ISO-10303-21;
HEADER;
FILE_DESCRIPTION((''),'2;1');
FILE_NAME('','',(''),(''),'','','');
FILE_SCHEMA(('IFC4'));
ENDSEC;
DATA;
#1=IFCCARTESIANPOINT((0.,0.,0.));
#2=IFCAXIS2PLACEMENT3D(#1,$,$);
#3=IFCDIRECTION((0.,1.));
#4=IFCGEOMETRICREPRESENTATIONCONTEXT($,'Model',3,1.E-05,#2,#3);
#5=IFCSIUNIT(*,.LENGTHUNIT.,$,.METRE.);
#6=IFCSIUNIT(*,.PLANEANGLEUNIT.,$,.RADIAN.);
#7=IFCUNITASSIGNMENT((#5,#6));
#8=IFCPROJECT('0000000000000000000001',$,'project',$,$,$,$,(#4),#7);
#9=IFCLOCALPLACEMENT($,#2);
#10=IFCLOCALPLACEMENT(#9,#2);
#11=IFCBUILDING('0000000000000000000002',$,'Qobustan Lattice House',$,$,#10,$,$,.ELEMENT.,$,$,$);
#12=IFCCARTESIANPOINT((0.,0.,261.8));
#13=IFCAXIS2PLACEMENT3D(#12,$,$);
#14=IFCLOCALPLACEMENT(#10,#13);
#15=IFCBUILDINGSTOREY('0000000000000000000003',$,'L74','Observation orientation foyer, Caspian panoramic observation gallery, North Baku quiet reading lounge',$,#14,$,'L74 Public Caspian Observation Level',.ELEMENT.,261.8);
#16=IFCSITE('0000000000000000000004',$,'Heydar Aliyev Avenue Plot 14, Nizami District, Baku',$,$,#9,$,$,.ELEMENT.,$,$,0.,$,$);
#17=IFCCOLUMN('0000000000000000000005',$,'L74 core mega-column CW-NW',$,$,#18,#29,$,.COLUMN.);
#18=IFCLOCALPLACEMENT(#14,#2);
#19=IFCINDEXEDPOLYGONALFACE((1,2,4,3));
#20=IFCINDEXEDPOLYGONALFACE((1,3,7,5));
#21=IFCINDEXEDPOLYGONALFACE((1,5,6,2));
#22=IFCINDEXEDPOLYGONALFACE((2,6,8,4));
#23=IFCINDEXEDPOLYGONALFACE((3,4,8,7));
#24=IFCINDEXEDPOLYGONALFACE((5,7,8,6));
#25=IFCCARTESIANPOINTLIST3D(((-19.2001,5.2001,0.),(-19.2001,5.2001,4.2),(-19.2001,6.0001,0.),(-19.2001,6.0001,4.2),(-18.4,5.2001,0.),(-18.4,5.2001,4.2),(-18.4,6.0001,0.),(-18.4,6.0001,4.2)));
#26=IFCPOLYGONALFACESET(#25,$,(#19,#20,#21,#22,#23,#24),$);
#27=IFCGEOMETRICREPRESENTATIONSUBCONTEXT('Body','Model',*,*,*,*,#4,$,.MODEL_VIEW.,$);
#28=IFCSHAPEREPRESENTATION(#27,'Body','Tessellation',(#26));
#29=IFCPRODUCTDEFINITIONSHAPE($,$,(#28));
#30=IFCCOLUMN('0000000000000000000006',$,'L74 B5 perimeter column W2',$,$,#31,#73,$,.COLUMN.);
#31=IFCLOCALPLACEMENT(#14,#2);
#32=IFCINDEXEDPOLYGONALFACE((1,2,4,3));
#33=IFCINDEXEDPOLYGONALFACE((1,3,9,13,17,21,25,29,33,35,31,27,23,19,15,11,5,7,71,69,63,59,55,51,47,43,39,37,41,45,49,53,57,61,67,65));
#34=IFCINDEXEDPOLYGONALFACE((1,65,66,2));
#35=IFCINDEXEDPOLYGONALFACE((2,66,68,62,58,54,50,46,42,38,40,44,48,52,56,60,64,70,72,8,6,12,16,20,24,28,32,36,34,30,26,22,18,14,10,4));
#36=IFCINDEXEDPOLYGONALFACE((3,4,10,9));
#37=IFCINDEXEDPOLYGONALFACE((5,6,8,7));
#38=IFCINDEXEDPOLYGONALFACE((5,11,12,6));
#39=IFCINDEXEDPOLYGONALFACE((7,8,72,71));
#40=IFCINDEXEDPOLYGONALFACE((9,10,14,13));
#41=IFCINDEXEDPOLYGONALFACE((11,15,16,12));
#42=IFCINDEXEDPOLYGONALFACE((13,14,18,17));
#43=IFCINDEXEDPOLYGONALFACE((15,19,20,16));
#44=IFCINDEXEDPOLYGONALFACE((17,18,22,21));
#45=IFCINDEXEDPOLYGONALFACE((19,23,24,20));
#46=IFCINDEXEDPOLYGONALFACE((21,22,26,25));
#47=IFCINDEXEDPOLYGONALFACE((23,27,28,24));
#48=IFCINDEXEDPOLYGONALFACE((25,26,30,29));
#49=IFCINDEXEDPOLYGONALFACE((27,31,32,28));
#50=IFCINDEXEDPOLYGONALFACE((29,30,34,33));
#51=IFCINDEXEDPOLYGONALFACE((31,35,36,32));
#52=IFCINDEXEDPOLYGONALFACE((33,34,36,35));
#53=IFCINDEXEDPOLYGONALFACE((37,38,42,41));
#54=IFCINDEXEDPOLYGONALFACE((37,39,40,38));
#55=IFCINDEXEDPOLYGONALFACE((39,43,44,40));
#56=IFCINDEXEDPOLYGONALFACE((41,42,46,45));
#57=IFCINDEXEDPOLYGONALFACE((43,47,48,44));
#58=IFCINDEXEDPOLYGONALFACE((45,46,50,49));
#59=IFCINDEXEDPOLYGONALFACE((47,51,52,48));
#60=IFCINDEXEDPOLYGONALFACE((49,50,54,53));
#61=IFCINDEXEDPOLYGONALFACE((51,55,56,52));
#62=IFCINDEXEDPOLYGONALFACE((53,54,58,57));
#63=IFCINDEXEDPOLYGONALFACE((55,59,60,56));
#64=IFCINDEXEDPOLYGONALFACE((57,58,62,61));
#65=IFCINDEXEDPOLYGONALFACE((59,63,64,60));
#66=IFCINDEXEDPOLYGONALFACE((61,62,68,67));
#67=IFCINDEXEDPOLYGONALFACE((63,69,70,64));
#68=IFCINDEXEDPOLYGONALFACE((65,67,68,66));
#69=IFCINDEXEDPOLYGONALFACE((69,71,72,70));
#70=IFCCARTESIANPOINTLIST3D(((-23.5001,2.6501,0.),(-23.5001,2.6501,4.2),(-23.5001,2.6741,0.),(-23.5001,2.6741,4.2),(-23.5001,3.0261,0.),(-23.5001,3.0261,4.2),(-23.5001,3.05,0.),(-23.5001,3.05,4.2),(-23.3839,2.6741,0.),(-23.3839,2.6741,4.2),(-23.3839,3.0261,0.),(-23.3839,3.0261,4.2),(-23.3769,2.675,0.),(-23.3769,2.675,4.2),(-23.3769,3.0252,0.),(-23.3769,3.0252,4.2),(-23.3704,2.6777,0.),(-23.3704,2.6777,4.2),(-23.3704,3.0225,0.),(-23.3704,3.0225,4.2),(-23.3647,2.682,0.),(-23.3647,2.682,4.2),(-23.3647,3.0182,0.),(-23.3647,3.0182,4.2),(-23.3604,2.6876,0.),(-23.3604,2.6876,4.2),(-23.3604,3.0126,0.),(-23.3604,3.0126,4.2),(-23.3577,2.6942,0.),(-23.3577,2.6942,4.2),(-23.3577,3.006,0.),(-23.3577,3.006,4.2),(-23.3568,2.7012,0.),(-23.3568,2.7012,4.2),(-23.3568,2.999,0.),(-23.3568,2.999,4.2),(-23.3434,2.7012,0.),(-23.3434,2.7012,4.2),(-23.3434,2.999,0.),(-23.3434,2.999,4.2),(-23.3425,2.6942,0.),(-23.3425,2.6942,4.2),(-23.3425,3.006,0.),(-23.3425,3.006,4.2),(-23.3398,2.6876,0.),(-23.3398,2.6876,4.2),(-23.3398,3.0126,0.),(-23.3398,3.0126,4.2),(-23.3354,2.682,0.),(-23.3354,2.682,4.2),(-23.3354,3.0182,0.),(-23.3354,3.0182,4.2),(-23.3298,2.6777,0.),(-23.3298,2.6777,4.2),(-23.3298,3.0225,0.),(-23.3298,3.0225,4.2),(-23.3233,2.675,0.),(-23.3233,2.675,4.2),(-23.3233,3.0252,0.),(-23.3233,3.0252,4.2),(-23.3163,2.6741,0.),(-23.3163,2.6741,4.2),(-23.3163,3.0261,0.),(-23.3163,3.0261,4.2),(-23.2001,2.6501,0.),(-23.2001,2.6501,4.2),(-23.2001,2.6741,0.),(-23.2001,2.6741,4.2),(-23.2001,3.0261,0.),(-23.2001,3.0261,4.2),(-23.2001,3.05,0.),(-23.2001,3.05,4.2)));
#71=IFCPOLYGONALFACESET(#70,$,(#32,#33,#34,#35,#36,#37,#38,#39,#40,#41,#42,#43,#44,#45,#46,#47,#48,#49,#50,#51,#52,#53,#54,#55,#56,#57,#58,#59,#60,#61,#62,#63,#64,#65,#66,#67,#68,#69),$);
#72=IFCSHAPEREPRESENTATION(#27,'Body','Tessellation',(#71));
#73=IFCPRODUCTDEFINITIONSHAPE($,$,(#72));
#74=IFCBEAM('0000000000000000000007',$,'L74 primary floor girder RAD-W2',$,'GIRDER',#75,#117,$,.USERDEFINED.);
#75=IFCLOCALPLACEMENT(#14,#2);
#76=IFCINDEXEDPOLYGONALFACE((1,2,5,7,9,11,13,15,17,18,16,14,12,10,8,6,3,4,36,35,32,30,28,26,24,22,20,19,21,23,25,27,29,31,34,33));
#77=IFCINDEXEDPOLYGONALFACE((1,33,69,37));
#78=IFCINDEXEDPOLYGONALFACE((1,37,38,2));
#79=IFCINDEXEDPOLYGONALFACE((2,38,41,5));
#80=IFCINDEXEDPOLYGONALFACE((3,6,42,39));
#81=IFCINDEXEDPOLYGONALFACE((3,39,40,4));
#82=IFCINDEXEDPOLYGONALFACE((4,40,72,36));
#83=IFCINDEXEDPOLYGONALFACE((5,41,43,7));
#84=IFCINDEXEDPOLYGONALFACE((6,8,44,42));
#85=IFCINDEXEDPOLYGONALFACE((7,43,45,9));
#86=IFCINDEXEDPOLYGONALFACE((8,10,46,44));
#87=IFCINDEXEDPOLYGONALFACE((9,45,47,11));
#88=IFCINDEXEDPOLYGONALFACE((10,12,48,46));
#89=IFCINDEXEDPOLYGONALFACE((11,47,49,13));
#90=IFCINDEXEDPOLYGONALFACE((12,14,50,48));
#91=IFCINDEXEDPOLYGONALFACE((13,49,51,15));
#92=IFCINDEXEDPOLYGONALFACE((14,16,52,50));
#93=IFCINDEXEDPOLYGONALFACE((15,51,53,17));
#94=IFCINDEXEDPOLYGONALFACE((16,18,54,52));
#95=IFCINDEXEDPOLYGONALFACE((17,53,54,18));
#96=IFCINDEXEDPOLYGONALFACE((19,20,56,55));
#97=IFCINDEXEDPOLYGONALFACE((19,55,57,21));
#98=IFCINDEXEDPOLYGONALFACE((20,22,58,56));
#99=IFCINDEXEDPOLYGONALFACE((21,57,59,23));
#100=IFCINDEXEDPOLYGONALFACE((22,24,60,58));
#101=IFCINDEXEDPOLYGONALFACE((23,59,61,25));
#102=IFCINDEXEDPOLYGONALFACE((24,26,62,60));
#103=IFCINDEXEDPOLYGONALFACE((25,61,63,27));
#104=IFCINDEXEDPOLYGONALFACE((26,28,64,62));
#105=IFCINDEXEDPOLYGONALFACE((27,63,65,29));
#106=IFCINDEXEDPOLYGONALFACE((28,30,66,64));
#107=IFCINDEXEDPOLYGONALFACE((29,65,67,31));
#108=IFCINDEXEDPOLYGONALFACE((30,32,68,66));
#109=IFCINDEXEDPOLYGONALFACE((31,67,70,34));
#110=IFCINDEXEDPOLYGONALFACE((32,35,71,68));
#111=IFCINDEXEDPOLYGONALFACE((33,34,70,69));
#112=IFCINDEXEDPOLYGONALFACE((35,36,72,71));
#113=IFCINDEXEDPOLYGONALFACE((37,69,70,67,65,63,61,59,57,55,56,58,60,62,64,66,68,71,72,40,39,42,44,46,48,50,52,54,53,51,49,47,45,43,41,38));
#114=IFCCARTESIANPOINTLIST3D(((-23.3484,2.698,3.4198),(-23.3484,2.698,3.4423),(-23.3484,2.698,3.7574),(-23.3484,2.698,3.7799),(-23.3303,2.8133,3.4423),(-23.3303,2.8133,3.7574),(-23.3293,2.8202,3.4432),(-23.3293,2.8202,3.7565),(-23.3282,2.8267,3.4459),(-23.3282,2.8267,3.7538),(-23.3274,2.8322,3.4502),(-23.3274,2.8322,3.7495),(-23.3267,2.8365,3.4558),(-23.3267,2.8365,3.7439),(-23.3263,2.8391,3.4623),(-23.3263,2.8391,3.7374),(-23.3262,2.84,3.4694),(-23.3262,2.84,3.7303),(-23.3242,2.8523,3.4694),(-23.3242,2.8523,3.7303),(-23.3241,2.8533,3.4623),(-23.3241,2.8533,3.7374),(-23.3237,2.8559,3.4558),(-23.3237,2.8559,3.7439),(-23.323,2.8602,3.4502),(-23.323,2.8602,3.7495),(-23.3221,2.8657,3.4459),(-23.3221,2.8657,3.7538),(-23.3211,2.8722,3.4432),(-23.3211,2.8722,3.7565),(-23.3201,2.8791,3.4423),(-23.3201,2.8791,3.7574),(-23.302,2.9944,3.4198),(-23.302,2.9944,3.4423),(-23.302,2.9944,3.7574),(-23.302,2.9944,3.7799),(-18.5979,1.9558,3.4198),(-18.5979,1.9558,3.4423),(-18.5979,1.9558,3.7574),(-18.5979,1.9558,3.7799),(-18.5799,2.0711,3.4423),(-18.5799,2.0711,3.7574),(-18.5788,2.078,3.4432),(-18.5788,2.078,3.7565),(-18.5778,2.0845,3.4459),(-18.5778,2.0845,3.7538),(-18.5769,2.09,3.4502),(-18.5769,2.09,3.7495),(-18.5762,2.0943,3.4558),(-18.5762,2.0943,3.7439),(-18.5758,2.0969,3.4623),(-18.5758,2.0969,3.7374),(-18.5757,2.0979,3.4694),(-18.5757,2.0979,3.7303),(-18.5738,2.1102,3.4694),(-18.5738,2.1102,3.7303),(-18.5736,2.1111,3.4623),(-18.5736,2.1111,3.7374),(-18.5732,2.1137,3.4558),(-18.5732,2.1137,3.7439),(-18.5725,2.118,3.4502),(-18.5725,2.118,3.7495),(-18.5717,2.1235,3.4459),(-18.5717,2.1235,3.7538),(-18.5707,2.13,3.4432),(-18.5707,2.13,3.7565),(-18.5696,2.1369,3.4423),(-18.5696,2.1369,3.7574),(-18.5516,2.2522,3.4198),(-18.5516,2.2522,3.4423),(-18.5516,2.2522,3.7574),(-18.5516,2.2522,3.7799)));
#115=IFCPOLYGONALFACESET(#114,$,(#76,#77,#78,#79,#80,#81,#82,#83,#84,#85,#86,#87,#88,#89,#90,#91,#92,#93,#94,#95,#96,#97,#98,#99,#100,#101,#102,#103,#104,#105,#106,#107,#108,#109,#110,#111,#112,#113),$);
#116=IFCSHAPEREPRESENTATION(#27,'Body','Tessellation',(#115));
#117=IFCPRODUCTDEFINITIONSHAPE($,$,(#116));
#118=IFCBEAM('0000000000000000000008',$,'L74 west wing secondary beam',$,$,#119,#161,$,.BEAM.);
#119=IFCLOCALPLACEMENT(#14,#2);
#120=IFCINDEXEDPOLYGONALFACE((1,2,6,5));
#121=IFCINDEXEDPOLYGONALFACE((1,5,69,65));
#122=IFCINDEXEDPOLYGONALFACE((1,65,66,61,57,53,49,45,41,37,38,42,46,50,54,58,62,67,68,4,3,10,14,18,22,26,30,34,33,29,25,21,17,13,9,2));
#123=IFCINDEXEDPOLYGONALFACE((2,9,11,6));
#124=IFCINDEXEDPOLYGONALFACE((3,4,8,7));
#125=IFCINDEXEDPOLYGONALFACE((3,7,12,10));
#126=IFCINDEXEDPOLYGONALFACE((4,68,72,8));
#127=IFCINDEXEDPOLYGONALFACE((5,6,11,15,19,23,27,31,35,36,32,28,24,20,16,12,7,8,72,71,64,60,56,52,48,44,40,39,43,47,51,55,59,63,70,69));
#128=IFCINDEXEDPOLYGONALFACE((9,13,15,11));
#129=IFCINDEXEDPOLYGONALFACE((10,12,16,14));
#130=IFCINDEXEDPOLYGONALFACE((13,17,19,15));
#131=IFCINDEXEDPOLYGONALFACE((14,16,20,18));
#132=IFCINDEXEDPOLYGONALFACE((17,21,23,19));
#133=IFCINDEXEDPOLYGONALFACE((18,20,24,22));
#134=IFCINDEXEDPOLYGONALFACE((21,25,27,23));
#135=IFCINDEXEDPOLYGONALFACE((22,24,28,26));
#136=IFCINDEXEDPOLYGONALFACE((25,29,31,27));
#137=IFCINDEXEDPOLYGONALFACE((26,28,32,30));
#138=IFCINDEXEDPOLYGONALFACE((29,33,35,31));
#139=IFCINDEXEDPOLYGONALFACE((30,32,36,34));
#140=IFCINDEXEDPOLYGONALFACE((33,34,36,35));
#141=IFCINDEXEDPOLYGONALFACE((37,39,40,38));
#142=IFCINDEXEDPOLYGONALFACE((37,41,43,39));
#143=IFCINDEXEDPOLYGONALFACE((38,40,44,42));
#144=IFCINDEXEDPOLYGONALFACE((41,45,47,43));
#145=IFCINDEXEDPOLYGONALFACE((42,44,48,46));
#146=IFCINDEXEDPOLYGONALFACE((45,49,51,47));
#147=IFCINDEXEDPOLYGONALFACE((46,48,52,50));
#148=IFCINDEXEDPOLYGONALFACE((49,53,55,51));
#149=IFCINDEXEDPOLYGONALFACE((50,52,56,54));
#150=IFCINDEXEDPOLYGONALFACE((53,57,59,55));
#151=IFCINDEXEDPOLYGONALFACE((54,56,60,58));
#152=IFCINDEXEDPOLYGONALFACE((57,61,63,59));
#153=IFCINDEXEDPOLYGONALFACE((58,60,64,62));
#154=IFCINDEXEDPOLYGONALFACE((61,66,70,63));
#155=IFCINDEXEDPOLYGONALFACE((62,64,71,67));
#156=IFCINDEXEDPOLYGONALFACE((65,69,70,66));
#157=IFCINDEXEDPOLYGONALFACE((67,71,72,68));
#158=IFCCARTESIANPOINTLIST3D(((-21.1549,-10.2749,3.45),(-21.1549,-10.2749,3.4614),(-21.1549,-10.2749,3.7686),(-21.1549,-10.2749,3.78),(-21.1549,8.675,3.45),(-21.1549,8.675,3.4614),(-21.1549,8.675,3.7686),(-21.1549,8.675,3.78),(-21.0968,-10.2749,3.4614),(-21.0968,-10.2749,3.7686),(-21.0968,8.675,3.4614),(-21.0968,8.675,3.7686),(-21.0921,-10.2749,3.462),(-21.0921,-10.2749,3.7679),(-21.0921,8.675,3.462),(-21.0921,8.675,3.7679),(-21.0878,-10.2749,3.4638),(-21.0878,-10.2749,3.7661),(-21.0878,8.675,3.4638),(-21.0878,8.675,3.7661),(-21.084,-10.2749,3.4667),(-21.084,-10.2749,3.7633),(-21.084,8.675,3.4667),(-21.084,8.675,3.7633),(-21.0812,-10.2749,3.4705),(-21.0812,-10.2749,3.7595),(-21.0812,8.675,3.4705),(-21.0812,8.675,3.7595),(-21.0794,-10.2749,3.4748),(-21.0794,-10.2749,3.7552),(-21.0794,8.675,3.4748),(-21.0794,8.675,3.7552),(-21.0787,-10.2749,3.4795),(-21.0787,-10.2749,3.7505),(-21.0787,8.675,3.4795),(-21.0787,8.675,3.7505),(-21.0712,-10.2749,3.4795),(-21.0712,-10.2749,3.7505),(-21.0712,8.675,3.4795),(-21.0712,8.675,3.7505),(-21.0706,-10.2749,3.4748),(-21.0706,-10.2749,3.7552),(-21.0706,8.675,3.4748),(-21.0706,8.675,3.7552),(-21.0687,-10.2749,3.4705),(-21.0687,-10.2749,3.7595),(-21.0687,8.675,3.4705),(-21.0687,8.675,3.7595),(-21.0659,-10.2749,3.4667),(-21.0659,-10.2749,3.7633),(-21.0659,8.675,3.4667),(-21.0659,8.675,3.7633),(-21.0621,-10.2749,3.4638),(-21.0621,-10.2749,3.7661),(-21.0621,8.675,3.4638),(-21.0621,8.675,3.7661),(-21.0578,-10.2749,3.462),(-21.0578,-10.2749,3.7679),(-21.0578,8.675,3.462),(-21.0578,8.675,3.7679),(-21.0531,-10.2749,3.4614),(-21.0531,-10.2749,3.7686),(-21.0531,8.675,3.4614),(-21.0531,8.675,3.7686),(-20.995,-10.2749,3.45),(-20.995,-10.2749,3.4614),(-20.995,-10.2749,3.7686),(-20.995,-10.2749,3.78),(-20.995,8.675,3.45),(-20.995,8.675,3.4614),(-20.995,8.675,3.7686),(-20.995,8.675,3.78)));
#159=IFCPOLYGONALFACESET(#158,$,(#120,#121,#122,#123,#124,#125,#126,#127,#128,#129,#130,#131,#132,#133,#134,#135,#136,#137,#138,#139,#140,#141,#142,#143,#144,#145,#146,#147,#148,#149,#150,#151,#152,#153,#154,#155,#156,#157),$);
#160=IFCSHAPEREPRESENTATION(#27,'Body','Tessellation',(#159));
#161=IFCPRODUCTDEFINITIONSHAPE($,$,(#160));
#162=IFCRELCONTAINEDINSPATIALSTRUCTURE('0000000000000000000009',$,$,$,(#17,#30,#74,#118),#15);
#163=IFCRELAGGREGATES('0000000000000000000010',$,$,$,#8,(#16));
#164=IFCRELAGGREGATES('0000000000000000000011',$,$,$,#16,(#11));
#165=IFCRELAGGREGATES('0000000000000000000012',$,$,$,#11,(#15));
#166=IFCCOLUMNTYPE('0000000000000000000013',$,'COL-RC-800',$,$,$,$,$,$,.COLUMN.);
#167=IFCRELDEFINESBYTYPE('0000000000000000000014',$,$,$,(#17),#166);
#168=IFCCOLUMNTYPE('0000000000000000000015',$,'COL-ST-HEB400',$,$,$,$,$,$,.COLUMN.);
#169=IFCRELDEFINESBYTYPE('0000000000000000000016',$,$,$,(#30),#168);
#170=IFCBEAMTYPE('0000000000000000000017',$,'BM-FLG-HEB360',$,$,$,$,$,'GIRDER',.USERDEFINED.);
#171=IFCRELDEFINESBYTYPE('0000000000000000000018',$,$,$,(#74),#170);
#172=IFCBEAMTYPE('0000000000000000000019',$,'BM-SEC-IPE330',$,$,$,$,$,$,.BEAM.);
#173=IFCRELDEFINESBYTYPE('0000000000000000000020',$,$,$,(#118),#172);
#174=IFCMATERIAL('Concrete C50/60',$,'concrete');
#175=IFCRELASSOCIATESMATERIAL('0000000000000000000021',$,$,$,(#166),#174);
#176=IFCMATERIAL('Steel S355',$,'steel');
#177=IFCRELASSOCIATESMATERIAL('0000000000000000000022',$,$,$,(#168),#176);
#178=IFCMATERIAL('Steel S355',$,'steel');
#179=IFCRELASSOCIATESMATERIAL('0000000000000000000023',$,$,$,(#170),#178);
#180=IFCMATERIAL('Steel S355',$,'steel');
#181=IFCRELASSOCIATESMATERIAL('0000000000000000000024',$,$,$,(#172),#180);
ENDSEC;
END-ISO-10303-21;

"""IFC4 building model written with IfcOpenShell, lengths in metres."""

from ifc_helpers import new_model, si_unit, direction, frame, origin, origin_2d, place, context, subcontext, project, spatial, rectangle, i_section, extrude, material, material_profile, profile_set, type_object, element, save


model = new_model("IFC4")

# Units and contexts
model_context = context("Model", 3, precision=1e-05, world=origin(), true_north=direction((0.0, 1.0)))
body_context = subcontext(model_context, "Body", "Model", "MODEL_VIEW")
ifc_project = project(units=[si_unit("LENGTHUNIT", "METRE"), si_unit("PLANEANGLEUNIT", "RADIAN")], contexts=[model_context])

# Site, building, storey
site_placement = place(None, origin())
site = spatial("IfcSite", under=ifc_project, at=site_placement, Name="Heydar Aliyev Avenue Plot 14, Nizami District, Baku", CompositionType="ELEMENT", RefElevation=0.0)
building_placement = place(site_placement, origin())
building = spatial("IfcBuilding", under=site, at=building_placement, Name="Qobustan Lattice House", CompositionType="ELEMENT")
storey_placement = place(building_placement, frame((0.0, 0.0, 261.8)))
storey = spatial("IfcBuildingStorey", under=building, at=storey_placement, Name="L74", Description="Observation orientation foyer, Caspian panoramic observation gallery, North Baku quiet reading lounge", LongName="L74 Public Caspian Observation Level", CompositionType="ELEMENT", Elevation=261.8)

# Columns
ifc_material_1 = material(Name="Concrete C50/60", Category="concrete")
ifc_material_profile_1 = material_profile(ifc_material_1, rectangle(XDim=0.8, YDim=0.8, at=origin_2d()), Name="RC800x800")
ifc_profile_set_1 = profile_set([ifc_material_profile_1], Name="Concrete C50/60")
column_type_1 = type_object("IfcColumnType", Name="COL-RC-800", PredefinedType="COLUMN", material=ifc_profile_set_1)
column_1_placement = place(storey_placement, frame((-18.8, 5.6001, 0.0), z_axis=(0.0, 0.0, 1.0), x_axis=(1.0, 0.0, 0.0)))
element("IfcColumn", 1, at=column_1_placement, inside=storey, type_object=column_type_1, Name="L74 core mega-column CW-NW", PredefinedType="COLUMN", context=body_context, shape_type="SweptSolid", body=[
    extrude(rectangle(XDim=0.8, YDim=0.8, at=origin_2d()), origin(), (0.0, 0.0, 1.0), 4.2),
])
ifc_material_2 = material(Name="Steel S355", Category="steel")
ifc_material_profile_2 = material_profile(ifc_material_2, i_section(OverallWidth=0.3, OverallDepth=0.3999, WebThickness=0.0134, FlangeThickness=0.0239, FilletRadius=0.0271, at=origin_2d()), Name="HEB400")
ifc_profile_set_2 = profile_set([ifc_material_profile_2], Name="Steel S355")
column_type_2 = type_object("IfcColumnType", Name="COL-ST-HEB400", PredefinedType="COLUMN", material=ifc_profile_set_2)
column_2_placement = place(storey_placement, frame((-23.3501, 2.8501, 0.0), z_axis=(0.0, 0.0, 1.0), x_axis=(1.0, 0.0, 0.0)))
element("IfcColumn", 2, at=column_2_placement, inside=storey, type_object=column_type_2, Name="L74 B5 perimeter column W2", PredefinedType="COLUMN", context=body_context, shape_type="SweptSolid", body=[
    extrude(i_section(OverallWidth=0.3, OverallDepth=0.3999, WebThickness=0.0134, FlangeThickness=0.0239, FilletRadius=0.0271, at=origin_2d()), origin(), (0.0, 0.0, 1.0), 4.2),
])

# Beams
ifc_material_3 = material(Name="Steel S355", Category="steel")
ifc_material_profile_3 = material_profile(ifc_material_3, i_section(OverallWidth=0.3, OverallDepth=0.3601, WebThickness=0.0125, FlangeThickness=0.0225, FilletRadius=0.0271, at=origin_2d()), Name="HEB360")
ifc_profile_set_3 = profile_set([ifc_material_profile_3], Name="Steel S355")
beam_type_1 = type_object("IfcBeamType", Name="BM-FLG-HEB360", ElementType="GIRDER", PredefinedType="USERDEFINED", material=ifc_profile_set_3)
beam_1_placement = place(storey_placement, frame((-23.3252, 2.8462, 3.5999), z_axis=(0.988014, -0.154361, 0.0), x_axis=(0.154361, 0.988014, 0.0)))
element("IfcBeam", 3, at=beam_1_placement, inside=storey, type_object=beam_type_1, Name="L74 primary floor girder RAD-W2", ObjectType="GIRDER", PredefinedType="USERDEFINED", context=body_context, shape_type="SweptSolid", body=[
    extrude(i_section(OverallWidth=0.3, OverallDepth=0.3601, WebThickness=0.0125, FlangeThickness=0.0225, FilletRadius=0.0271, at=origin_2d()), origin(), (0.0, 0.0, 1.0), 4.8081),
])
ifc_material_4 = material(Name="Steel S355", Category="steel")
ifc_material_profile_4 = material_profile(ifc_material_4, i_section(OverallWidth=0.1599, OverallDepth=0.3301, WebThickness=0.0076, FlangeThickness=0.0115, FilletRadius=0.0181, at=origin_2d()), Name="IPE330")
ifc_profile_set_4 = profile_set([ifc_material_profile_4], Name="Steel S355")
beam_type_2 = type_object("IfcBeamType", Name="BM-SEC-IPE330", PredefinedType="BEAM", material=ifc_profile_set_4)
beam_2_placement = place(storey_placement, frame((-21.075, 8.675, 3.615), z_axis=(0.0, -1.0, 0.0), x_axis=(1.0, 0.0, 0.0)))
element("IfcBeam", 4, at=beam_2_placement, inside=storey, type_object=beam_type_2, Name="L74 west wing secondary beam", PredefinedType="BEAM", context=body_context, shape_type="SweptSolid", body=[
    extrude(i_section(OverallWidth=0.1599, OverallDepth=0.3301, WebThickness=0.0076, FlangeThickness=0.0115, FilletRadius=0.0181, at=origin_2d()), origin(), (0.0, 0.0, 1.0), 18.95),
])

save(model, "model.ifc")
